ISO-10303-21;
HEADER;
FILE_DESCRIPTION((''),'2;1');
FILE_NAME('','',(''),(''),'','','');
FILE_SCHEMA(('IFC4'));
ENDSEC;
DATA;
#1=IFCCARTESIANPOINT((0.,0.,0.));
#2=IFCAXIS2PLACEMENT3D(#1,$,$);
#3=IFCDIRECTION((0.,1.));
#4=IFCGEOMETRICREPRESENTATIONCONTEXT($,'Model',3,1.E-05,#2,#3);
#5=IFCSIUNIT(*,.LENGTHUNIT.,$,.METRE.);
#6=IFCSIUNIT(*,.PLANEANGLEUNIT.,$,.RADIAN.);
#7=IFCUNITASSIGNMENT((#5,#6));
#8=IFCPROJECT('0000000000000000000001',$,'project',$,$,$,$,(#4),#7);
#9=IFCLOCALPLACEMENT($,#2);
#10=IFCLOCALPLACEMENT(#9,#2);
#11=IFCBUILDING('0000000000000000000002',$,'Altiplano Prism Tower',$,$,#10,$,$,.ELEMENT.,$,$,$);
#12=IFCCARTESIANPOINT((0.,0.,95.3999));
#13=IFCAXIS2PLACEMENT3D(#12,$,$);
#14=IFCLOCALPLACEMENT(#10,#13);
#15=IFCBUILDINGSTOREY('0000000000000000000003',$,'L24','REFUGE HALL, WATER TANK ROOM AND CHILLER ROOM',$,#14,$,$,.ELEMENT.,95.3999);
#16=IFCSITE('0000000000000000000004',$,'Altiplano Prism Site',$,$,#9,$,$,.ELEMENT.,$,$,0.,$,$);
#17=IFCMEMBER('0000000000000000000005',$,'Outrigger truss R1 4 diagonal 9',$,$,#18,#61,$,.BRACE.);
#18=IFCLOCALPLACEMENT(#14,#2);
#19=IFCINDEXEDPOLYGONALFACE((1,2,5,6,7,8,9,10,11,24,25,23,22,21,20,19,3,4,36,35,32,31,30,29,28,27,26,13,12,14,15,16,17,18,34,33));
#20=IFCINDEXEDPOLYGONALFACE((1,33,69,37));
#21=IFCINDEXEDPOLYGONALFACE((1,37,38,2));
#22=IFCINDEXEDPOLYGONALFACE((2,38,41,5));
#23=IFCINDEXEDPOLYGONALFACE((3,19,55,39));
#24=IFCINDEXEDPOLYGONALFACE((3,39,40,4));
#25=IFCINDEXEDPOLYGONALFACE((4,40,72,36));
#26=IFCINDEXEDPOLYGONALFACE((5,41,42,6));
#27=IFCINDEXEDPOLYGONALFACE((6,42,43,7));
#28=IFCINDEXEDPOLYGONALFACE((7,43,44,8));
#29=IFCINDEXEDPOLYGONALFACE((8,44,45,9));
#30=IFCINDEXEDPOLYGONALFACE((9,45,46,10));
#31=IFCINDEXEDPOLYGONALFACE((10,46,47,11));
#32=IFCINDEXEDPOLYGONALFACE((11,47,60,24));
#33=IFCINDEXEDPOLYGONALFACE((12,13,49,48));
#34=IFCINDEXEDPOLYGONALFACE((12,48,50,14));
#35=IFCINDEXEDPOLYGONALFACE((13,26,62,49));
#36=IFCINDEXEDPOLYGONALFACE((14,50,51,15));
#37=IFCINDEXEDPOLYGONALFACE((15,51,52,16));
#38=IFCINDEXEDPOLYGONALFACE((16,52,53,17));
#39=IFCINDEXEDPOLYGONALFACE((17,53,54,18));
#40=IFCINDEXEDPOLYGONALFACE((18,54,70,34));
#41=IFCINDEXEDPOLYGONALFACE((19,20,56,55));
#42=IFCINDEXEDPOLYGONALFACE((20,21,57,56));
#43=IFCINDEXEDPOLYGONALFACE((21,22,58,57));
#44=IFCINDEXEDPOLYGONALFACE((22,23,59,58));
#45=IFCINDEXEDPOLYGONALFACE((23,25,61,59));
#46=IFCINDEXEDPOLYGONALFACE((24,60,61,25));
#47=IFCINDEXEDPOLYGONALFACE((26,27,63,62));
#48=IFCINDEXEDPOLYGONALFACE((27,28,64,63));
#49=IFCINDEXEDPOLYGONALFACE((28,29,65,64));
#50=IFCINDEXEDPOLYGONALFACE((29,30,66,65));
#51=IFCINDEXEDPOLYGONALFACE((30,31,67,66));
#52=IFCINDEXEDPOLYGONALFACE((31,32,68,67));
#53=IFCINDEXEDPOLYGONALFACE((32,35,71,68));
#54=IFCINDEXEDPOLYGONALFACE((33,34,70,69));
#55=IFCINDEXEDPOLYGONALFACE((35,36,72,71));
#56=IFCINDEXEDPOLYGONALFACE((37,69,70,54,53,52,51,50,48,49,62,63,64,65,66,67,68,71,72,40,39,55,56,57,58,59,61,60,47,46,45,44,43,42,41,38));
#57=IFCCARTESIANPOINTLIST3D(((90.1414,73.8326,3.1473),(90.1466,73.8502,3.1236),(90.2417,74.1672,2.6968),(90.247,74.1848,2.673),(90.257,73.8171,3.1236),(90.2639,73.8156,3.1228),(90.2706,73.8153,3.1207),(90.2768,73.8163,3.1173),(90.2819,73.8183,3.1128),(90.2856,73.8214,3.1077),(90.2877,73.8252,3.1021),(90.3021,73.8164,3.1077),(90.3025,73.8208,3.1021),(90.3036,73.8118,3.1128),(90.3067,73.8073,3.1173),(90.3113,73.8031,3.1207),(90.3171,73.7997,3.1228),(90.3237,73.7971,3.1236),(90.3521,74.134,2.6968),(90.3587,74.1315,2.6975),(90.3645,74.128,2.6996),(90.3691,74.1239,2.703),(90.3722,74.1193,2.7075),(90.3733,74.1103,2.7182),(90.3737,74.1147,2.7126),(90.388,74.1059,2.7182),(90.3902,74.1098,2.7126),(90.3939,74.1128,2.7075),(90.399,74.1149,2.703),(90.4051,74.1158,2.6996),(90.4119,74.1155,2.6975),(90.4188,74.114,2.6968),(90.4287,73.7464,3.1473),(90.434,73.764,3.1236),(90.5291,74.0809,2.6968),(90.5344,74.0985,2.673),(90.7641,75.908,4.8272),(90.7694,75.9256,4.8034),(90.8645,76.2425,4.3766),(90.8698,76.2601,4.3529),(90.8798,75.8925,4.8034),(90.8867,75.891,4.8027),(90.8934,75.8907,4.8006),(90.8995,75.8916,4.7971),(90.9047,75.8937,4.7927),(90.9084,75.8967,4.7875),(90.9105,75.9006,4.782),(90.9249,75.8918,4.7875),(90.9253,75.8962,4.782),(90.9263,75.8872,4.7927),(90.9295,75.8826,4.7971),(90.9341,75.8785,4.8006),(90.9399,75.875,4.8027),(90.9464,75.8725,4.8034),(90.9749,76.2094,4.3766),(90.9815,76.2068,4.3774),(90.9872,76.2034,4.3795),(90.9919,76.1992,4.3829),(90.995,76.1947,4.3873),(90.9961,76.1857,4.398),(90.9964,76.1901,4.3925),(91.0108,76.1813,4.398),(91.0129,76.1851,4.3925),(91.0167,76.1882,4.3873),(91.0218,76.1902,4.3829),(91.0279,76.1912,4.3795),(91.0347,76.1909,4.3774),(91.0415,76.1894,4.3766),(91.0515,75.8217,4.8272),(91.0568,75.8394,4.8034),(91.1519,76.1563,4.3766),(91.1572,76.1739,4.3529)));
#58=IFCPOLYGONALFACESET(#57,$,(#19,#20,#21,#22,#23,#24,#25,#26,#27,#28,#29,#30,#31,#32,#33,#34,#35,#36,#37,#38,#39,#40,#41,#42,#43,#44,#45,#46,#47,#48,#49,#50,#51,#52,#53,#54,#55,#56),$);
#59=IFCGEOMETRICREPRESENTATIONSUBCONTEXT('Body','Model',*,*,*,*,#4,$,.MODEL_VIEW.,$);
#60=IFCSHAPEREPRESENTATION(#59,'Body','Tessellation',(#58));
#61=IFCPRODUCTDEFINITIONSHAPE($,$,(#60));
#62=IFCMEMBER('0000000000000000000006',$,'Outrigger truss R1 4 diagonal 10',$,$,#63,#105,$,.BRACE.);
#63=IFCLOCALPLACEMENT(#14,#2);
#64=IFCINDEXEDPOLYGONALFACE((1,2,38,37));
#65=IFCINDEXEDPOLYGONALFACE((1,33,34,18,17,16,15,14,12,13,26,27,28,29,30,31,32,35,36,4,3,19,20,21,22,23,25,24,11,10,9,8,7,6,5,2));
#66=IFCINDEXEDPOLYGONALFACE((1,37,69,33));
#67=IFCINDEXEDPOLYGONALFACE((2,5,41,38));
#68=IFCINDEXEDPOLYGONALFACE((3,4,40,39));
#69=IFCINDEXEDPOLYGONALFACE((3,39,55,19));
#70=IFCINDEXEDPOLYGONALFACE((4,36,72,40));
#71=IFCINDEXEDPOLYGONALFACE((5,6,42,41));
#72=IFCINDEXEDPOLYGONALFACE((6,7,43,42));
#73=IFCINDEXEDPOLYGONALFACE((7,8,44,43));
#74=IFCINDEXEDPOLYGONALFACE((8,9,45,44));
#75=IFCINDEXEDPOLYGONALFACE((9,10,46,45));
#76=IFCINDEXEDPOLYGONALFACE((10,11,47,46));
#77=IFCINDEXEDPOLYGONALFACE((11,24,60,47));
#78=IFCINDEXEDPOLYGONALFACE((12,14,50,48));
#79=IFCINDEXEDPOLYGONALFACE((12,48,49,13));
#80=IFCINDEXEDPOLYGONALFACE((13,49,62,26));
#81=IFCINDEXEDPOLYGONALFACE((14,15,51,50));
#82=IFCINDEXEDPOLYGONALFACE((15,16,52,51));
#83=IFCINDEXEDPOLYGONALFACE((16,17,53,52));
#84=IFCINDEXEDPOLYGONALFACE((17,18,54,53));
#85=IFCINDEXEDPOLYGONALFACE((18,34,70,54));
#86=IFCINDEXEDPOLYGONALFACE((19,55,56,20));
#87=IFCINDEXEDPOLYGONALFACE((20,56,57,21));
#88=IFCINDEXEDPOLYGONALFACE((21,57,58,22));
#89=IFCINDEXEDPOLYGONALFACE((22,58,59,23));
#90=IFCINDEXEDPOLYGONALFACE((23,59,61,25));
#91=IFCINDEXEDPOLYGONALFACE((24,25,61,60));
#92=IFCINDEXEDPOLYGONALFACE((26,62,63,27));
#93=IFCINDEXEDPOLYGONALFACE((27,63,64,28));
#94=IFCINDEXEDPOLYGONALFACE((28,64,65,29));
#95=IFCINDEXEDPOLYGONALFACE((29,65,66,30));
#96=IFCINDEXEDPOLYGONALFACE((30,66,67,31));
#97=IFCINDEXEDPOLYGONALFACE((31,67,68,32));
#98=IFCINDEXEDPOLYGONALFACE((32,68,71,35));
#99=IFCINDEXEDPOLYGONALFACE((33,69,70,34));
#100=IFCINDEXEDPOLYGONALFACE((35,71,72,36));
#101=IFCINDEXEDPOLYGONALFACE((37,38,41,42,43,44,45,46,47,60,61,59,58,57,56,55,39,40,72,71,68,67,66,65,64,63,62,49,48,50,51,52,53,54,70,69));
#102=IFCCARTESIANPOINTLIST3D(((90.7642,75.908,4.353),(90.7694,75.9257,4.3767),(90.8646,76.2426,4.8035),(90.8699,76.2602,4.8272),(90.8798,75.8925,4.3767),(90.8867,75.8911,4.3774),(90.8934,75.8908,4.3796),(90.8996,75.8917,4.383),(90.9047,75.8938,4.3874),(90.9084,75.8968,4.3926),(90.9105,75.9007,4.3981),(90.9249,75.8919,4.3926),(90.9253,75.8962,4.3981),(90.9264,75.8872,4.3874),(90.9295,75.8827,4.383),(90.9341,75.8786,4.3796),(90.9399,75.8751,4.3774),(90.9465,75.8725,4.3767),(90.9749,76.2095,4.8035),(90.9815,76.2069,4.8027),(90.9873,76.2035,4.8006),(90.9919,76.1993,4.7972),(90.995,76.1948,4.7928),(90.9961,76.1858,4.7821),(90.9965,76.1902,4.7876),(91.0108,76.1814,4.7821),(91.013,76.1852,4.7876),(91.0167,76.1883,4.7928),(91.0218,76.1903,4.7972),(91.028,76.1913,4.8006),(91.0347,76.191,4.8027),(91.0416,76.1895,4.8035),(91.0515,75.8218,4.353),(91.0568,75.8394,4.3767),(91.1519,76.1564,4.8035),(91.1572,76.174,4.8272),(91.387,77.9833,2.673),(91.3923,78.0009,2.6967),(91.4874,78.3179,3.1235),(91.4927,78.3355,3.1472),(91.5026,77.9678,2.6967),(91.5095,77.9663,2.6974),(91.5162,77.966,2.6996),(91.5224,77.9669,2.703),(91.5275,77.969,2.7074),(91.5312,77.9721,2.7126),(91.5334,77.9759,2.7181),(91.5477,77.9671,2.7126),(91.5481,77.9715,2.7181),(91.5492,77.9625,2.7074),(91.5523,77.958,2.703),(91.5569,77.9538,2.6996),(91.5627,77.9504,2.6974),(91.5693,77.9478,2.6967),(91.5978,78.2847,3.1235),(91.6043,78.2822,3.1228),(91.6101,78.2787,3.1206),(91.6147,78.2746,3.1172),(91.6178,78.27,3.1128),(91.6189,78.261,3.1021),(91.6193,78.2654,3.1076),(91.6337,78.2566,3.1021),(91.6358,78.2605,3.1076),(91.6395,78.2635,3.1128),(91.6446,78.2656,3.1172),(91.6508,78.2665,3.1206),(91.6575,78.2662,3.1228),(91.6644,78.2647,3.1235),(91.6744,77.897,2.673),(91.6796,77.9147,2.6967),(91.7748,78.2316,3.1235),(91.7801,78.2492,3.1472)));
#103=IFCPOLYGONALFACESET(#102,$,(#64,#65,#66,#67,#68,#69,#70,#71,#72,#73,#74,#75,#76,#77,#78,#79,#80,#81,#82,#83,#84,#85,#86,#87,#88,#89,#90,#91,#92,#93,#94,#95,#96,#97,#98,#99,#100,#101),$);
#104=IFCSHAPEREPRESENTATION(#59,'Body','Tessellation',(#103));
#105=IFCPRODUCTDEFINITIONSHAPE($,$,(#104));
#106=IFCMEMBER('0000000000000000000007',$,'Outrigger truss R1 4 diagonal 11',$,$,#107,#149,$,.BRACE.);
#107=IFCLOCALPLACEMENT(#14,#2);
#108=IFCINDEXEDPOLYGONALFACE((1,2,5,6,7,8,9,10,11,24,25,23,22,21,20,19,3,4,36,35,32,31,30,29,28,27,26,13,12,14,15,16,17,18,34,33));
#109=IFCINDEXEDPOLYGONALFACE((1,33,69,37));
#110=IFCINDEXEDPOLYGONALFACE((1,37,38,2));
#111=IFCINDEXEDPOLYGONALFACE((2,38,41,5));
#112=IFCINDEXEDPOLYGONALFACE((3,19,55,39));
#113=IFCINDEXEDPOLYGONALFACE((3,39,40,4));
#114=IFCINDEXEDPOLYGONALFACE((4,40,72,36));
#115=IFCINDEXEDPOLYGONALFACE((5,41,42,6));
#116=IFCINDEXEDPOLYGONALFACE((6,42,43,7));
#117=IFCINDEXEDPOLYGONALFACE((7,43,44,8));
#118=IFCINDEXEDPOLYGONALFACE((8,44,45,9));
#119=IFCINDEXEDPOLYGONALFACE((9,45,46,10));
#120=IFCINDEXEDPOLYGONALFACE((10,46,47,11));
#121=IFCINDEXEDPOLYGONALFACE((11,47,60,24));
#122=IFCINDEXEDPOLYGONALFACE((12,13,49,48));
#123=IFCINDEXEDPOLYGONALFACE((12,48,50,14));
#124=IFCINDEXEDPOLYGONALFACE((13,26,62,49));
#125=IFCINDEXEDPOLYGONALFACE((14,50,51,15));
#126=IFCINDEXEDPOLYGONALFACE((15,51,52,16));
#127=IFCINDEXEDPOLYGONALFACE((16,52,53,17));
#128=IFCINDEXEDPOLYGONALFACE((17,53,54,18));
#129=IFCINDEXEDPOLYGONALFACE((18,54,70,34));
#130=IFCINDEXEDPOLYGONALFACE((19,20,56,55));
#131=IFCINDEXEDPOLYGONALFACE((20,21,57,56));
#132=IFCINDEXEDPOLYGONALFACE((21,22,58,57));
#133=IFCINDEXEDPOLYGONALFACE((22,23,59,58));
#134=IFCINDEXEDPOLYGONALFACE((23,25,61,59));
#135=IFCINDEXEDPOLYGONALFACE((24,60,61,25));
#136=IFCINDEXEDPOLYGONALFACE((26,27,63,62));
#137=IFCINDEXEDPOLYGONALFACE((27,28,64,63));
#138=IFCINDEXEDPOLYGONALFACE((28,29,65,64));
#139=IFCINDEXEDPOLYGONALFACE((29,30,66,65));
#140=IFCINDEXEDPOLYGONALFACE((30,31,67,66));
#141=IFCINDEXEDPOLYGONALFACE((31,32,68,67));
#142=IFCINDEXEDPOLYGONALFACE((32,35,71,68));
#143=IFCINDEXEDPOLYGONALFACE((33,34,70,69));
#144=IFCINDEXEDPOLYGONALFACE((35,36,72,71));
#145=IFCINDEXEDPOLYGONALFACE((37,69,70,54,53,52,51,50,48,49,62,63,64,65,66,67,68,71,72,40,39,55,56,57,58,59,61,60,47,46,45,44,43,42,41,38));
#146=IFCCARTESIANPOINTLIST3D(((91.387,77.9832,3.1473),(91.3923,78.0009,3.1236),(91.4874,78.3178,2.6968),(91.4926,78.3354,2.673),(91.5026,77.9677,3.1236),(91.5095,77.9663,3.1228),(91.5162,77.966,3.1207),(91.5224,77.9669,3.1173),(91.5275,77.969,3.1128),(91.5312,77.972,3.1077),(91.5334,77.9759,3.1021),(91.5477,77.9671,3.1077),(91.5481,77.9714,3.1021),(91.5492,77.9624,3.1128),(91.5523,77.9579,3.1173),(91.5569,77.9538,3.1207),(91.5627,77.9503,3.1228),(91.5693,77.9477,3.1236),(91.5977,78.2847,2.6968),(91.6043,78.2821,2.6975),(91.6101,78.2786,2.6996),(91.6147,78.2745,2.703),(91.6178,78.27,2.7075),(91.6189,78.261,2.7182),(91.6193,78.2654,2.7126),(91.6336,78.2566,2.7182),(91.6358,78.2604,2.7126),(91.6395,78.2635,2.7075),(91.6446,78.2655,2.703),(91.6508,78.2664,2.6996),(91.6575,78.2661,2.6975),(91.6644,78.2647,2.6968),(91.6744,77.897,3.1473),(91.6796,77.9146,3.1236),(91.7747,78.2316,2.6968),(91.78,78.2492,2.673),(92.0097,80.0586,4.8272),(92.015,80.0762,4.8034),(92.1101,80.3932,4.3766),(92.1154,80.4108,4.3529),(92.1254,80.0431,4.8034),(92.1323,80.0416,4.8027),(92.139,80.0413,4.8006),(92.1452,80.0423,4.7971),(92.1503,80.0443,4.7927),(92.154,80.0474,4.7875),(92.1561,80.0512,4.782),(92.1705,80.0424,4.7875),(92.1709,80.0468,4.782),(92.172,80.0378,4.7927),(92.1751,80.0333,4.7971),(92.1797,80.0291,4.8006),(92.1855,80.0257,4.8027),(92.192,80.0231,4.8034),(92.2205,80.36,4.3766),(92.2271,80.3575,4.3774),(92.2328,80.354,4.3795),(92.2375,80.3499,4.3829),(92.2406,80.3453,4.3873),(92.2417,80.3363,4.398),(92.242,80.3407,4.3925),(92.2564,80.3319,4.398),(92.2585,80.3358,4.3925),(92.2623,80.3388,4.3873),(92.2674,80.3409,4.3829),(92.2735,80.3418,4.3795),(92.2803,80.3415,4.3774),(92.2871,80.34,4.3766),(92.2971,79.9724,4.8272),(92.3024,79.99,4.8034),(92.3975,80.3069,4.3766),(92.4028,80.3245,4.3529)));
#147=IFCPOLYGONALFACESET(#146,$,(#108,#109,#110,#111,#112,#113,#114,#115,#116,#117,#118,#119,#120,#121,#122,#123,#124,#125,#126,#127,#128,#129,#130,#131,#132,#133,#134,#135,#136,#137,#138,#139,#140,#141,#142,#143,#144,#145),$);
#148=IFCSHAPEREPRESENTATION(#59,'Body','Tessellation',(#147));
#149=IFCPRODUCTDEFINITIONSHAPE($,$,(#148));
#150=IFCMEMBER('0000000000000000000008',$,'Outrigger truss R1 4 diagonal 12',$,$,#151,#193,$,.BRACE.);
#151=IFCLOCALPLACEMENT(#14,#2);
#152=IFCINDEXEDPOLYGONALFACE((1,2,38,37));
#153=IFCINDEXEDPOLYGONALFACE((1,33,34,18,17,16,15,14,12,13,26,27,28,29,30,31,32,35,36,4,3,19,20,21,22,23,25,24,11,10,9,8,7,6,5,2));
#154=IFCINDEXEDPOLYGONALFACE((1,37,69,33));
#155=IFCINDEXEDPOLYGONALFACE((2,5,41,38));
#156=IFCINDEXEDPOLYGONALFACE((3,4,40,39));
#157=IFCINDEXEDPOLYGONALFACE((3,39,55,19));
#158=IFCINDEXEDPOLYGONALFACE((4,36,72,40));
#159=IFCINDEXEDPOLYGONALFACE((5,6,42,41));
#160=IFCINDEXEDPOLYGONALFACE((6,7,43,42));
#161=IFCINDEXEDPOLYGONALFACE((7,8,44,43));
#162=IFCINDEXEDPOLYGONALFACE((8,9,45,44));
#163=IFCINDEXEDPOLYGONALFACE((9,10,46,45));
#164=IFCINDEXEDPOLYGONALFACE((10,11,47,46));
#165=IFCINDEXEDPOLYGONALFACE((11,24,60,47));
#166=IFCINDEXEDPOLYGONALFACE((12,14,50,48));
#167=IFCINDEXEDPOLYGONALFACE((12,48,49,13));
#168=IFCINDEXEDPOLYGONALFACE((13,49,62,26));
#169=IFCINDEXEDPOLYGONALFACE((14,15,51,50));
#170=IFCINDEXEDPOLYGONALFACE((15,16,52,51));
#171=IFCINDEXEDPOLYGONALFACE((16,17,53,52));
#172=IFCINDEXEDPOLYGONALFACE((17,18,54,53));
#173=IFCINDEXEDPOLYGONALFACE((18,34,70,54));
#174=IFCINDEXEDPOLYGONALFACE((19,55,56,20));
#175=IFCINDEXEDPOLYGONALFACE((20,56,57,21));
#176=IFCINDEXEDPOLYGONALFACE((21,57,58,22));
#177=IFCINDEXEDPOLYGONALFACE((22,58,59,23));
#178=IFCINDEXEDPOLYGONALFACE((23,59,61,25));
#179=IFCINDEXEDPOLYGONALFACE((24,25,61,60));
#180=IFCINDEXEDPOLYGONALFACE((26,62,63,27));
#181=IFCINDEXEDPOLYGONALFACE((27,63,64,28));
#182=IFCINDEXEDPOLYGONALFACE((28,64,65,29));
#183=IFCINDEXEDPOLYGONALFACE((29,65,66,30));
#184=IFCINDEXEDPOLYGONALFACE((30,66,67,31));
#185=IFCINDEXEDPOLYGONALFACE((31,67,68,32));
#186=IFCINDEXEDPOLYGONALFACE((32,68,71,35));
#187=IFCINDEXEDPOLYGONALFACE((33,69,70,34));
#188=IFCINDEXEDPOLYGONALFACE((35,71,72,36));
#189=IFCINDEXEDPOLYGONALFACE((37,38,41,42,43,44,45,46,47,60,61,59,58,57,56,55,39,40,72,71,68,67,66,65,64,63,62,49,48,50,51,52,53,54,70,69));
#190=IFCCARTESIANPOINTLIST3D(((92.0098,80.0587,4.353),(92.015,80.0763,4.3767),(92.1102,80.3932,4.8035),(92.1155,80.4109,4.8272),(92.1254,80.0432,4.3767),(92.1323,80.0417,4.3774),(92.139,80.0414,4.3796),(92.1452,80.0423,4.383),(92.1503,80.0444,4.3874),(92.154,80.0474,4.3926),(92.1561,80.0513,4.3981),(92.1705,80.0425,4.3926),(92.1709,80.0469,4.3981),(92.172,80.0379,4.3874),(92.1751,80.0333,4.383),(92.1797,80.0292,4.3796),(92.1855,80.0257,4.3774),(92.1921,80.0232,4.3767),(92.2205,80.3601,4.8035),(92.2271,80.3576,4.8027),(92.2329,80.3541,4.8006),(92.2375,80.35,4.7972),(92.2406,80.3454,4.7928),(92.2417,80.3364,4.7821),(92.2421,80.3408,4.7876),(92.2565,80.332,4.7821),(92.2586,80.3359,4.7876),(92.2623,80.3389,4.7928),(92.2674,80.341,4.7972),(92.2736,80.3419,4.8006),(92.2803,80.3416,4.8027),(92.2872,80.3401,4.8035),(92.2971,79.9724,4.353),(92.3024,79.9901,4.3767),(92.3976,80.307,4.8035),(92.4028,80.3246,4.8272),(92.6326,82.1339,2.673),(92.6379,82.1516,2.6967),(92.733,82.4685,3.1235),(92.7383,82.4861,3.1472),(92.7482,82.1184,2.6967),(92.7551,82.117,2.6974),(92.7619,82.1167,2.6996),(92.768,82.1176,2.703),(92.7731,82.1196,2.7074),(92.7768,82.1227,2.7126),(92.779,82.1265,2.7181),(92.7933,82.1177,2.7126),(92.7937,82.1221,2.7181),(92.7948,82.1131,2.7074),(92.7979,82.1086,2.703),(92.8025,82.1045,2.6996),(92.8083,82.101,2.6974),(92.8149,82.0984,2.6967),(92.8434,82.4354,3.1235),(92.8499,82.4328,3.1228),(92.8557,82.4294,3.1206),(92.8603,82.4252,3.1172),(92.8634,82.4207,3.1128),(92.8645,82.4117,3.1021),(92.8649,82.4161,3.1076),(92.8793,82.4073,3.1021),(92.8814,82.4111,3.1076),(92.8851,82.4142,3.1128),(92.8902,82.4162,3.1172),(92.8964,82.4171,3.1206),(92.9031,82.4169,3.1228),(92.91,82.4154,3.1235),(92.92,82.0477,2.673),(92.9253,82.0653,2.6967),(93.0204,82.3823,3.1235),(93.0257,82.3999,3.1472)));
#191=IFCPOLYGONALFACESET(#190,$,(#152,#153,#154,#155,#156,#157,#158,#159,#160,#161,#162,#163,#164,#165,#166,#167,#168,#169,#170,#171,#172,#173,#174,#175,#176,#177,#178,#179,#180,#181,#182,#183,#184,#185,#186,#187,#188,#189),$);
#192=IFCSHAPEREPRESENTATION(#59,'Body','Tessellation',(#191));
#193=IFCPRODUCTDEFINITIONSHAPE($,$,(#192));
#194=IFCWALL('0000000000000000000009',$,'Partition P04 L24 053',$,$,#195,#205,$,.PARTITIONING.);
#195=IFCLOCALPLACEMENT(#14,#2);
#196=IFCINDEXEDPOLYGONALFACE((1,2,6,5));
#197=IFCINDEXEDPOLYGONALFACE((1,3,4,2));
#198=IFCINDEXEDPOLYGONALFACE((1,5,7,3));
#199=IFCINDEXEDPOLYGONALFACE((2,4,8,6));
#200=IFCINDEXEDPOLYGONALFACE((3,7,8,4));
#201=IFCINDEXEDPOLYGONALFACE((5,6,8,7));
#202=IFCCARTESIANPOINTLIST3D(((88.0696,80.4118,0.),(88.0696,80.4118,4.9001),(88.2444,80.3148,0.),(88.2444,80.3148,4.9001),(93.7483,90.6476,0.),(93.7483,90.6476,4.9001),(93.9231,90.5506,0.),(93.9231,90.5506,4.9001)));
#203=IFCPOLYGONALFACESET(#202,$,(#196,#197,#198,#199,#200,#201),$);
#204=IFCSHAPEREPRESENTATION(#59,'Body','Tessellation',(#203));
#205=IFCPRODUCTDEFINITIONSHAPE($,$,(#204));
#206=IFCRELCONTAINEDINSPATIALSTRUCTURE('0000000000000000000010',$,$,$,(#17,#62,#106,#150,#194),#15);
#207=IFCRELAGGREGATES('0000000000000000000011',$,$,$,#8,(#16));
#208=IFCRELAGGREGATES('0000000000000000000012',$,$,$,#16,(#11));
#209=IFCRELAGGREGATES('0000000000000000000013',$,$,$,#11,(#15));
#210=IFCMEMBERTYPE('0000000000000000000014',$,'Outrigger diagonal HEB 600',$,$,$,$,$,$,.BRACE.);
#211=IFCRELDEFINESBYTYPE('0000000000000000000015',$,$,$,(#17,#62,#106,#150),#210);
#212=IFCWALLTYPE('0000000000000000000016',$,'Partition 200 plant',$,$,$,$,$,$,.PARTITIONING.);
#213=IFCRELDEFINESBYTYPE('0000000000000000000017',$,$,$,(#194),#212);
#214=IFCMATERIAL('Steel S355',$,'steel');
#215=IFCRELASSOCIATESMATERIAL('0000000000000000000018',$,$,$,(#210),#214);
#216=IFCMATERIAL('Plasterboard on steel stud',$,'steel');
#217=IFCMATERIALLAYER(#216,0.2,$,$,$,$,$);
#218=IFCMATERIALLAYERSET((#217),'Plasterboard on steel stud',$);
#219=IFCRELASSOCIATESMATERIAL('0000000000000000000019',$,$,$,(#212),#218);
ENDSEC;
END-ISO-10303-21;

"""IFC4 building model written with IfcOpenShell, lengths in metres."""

from ifc_helpers import new_model, si_unit, direction, frame, frame_2d, origin, origin_2d, place, context, subcontext, project, spatial, rectangle, i_section, extrude, material, layer, layer_set, material_profile, profile_set, type_object, element, save


model = new_model("IFC4")

# Units and contexts
model_context = context("Model", 3, precision=1e-05, world=origin(), true_north=direction((0.0, 1.0)))
body_context = subcontext(model_context, "Body", "Model", "MODEL_VIEW")
ifc_project = project(units=[si_unit("LENGTHUNIT", "METRE"), si_unit("PLANEANGLEUNIT", "RADIAN")], contexts=[model_context])

# Site, building, storey
site_placement = place(None, origin())
site = spatial("IfcSite", under=ifc_project, at=site_placement, Name="Altiplano Prism Site", CompositionType="ELEMENT", RefElevation=0.0)
building_placement = place(site_placement, origin())
building = spatial("IfcBuilding", under=site, at=building_placement, Name="Altiplano Prism Tower", CompositionType="ELEMENT")
storey_placement = place(building_placement, frame((0.0, 0.0, 95.3999)))
storey = spatial("IfcBuildingStorey", under=building, at=storey_placement, Name="L24", Description="REFUGE HALL, WATER TANK ROOM AND CHILLER ROOM", CompositionType="ELEMENT", Elevation=95.3999)

# Members
ifc_material_1 = material(Name="Steel S355", Category="steel")
ifc_material_profile_1 = material_profile(ifc_material_1, i_section(OverallWidth=0.3, OverallDepth=0.6001, WebThickness=0.0154, FlangeThickness=0.03, FilletRadius=0.0271, at=origin_2d()), Name="Outrigger diagonal HEB 600")
ifc_profile_set_1 = profile_set([ifc_material_profile_1], Name="Steel S355")
member_type_1 = type_object("IfcMemberType", Name="Outrigger diagonal HEB 600", PredefinedType="BRACE", material=ifc_profile_set_1)
for number, where, z_axis, x_axis, name in (
    (1, (90.3379, 73.9656, 2.9102), (0.227151, 0.756961, 0.61271), (-0.957805, 0.28742, 0.0), "Outrigger truss R1 4 diagonal 9"),
    (2, (90.9607, 76.041, 4.5901), (0.227166, 0.756923, -0.612751), (-0.957795, 0.287451, 0.0), "Outrigger truss R1 4 diagonal 10"),
    (3, (91.5835, 78.1162, 2.9102), (0.227151, 0.756961, 0.61271), (-0.957805, 0.28742, 0.0), "Outrigger truss R1 4 diagonal 11"),
    (4, (92.2063, 80.1917, 4.5901), (0.227166, 0.756923, -0.612751), (-0.957795, 0.287451, 0.0), "Outrigger truss R1 4 diagonal 12"),
):
    element("IfcMember", number, at=place(storey_placement, frame(where, z_axis=z_axis, x_axis=x_axis)), inside=storey, type_object=member_type_1, Name=name, PredefinedType="BRACE", context=body_context, shape_type="SweptSolid", body=[
        extrude(i_section(OverallWidth=0.3, OverallDepth=0.6001, WebThickness=0.0154, FlangeThickness=0.03, FilletRadius=0.0271, at=origin_2d()), origin(), (0.0, 0.0, 1.0), 2.7417),
    ])

# Wall
ifc_material_2 = material(Name="Plasterboard on steel stud", Category="steel")
ifc_layer_1 = layer(ifc_material_2, 0.2)
ifc_layer_set_1 = layer_set([ifc_layer_1], Name="Plasterboard on steel stud")
wall_type_1 = type_object("IfcWallType", Name="Partition 200 plant", PredefinedType="PARTITIONING", material=ifc_layer_set_1)
wall_1_placement = place(storey_placement, frame((88.157, 80.3633, 0.0), z_axis=(0.0, 0.0, 1.0), x_axis=(0.485129, 0.874442, 0.0)))
element("IfcWall", 5, at=wall_1_placement, inside=storey, type_object=wall_type_1, Name="Partition P04 L24 053", PredefinedType="PARTITIONING", context=body_context, shape_type="SweptSolid", body=[
    extrude(rectangle(XDim=11.7056, YDim=0.2, at=frame_2d((5.8528, 0.0))), origin(), (0.0, 0.0, 1.0), 4.9001),
])

save(model, "model.ifc")
